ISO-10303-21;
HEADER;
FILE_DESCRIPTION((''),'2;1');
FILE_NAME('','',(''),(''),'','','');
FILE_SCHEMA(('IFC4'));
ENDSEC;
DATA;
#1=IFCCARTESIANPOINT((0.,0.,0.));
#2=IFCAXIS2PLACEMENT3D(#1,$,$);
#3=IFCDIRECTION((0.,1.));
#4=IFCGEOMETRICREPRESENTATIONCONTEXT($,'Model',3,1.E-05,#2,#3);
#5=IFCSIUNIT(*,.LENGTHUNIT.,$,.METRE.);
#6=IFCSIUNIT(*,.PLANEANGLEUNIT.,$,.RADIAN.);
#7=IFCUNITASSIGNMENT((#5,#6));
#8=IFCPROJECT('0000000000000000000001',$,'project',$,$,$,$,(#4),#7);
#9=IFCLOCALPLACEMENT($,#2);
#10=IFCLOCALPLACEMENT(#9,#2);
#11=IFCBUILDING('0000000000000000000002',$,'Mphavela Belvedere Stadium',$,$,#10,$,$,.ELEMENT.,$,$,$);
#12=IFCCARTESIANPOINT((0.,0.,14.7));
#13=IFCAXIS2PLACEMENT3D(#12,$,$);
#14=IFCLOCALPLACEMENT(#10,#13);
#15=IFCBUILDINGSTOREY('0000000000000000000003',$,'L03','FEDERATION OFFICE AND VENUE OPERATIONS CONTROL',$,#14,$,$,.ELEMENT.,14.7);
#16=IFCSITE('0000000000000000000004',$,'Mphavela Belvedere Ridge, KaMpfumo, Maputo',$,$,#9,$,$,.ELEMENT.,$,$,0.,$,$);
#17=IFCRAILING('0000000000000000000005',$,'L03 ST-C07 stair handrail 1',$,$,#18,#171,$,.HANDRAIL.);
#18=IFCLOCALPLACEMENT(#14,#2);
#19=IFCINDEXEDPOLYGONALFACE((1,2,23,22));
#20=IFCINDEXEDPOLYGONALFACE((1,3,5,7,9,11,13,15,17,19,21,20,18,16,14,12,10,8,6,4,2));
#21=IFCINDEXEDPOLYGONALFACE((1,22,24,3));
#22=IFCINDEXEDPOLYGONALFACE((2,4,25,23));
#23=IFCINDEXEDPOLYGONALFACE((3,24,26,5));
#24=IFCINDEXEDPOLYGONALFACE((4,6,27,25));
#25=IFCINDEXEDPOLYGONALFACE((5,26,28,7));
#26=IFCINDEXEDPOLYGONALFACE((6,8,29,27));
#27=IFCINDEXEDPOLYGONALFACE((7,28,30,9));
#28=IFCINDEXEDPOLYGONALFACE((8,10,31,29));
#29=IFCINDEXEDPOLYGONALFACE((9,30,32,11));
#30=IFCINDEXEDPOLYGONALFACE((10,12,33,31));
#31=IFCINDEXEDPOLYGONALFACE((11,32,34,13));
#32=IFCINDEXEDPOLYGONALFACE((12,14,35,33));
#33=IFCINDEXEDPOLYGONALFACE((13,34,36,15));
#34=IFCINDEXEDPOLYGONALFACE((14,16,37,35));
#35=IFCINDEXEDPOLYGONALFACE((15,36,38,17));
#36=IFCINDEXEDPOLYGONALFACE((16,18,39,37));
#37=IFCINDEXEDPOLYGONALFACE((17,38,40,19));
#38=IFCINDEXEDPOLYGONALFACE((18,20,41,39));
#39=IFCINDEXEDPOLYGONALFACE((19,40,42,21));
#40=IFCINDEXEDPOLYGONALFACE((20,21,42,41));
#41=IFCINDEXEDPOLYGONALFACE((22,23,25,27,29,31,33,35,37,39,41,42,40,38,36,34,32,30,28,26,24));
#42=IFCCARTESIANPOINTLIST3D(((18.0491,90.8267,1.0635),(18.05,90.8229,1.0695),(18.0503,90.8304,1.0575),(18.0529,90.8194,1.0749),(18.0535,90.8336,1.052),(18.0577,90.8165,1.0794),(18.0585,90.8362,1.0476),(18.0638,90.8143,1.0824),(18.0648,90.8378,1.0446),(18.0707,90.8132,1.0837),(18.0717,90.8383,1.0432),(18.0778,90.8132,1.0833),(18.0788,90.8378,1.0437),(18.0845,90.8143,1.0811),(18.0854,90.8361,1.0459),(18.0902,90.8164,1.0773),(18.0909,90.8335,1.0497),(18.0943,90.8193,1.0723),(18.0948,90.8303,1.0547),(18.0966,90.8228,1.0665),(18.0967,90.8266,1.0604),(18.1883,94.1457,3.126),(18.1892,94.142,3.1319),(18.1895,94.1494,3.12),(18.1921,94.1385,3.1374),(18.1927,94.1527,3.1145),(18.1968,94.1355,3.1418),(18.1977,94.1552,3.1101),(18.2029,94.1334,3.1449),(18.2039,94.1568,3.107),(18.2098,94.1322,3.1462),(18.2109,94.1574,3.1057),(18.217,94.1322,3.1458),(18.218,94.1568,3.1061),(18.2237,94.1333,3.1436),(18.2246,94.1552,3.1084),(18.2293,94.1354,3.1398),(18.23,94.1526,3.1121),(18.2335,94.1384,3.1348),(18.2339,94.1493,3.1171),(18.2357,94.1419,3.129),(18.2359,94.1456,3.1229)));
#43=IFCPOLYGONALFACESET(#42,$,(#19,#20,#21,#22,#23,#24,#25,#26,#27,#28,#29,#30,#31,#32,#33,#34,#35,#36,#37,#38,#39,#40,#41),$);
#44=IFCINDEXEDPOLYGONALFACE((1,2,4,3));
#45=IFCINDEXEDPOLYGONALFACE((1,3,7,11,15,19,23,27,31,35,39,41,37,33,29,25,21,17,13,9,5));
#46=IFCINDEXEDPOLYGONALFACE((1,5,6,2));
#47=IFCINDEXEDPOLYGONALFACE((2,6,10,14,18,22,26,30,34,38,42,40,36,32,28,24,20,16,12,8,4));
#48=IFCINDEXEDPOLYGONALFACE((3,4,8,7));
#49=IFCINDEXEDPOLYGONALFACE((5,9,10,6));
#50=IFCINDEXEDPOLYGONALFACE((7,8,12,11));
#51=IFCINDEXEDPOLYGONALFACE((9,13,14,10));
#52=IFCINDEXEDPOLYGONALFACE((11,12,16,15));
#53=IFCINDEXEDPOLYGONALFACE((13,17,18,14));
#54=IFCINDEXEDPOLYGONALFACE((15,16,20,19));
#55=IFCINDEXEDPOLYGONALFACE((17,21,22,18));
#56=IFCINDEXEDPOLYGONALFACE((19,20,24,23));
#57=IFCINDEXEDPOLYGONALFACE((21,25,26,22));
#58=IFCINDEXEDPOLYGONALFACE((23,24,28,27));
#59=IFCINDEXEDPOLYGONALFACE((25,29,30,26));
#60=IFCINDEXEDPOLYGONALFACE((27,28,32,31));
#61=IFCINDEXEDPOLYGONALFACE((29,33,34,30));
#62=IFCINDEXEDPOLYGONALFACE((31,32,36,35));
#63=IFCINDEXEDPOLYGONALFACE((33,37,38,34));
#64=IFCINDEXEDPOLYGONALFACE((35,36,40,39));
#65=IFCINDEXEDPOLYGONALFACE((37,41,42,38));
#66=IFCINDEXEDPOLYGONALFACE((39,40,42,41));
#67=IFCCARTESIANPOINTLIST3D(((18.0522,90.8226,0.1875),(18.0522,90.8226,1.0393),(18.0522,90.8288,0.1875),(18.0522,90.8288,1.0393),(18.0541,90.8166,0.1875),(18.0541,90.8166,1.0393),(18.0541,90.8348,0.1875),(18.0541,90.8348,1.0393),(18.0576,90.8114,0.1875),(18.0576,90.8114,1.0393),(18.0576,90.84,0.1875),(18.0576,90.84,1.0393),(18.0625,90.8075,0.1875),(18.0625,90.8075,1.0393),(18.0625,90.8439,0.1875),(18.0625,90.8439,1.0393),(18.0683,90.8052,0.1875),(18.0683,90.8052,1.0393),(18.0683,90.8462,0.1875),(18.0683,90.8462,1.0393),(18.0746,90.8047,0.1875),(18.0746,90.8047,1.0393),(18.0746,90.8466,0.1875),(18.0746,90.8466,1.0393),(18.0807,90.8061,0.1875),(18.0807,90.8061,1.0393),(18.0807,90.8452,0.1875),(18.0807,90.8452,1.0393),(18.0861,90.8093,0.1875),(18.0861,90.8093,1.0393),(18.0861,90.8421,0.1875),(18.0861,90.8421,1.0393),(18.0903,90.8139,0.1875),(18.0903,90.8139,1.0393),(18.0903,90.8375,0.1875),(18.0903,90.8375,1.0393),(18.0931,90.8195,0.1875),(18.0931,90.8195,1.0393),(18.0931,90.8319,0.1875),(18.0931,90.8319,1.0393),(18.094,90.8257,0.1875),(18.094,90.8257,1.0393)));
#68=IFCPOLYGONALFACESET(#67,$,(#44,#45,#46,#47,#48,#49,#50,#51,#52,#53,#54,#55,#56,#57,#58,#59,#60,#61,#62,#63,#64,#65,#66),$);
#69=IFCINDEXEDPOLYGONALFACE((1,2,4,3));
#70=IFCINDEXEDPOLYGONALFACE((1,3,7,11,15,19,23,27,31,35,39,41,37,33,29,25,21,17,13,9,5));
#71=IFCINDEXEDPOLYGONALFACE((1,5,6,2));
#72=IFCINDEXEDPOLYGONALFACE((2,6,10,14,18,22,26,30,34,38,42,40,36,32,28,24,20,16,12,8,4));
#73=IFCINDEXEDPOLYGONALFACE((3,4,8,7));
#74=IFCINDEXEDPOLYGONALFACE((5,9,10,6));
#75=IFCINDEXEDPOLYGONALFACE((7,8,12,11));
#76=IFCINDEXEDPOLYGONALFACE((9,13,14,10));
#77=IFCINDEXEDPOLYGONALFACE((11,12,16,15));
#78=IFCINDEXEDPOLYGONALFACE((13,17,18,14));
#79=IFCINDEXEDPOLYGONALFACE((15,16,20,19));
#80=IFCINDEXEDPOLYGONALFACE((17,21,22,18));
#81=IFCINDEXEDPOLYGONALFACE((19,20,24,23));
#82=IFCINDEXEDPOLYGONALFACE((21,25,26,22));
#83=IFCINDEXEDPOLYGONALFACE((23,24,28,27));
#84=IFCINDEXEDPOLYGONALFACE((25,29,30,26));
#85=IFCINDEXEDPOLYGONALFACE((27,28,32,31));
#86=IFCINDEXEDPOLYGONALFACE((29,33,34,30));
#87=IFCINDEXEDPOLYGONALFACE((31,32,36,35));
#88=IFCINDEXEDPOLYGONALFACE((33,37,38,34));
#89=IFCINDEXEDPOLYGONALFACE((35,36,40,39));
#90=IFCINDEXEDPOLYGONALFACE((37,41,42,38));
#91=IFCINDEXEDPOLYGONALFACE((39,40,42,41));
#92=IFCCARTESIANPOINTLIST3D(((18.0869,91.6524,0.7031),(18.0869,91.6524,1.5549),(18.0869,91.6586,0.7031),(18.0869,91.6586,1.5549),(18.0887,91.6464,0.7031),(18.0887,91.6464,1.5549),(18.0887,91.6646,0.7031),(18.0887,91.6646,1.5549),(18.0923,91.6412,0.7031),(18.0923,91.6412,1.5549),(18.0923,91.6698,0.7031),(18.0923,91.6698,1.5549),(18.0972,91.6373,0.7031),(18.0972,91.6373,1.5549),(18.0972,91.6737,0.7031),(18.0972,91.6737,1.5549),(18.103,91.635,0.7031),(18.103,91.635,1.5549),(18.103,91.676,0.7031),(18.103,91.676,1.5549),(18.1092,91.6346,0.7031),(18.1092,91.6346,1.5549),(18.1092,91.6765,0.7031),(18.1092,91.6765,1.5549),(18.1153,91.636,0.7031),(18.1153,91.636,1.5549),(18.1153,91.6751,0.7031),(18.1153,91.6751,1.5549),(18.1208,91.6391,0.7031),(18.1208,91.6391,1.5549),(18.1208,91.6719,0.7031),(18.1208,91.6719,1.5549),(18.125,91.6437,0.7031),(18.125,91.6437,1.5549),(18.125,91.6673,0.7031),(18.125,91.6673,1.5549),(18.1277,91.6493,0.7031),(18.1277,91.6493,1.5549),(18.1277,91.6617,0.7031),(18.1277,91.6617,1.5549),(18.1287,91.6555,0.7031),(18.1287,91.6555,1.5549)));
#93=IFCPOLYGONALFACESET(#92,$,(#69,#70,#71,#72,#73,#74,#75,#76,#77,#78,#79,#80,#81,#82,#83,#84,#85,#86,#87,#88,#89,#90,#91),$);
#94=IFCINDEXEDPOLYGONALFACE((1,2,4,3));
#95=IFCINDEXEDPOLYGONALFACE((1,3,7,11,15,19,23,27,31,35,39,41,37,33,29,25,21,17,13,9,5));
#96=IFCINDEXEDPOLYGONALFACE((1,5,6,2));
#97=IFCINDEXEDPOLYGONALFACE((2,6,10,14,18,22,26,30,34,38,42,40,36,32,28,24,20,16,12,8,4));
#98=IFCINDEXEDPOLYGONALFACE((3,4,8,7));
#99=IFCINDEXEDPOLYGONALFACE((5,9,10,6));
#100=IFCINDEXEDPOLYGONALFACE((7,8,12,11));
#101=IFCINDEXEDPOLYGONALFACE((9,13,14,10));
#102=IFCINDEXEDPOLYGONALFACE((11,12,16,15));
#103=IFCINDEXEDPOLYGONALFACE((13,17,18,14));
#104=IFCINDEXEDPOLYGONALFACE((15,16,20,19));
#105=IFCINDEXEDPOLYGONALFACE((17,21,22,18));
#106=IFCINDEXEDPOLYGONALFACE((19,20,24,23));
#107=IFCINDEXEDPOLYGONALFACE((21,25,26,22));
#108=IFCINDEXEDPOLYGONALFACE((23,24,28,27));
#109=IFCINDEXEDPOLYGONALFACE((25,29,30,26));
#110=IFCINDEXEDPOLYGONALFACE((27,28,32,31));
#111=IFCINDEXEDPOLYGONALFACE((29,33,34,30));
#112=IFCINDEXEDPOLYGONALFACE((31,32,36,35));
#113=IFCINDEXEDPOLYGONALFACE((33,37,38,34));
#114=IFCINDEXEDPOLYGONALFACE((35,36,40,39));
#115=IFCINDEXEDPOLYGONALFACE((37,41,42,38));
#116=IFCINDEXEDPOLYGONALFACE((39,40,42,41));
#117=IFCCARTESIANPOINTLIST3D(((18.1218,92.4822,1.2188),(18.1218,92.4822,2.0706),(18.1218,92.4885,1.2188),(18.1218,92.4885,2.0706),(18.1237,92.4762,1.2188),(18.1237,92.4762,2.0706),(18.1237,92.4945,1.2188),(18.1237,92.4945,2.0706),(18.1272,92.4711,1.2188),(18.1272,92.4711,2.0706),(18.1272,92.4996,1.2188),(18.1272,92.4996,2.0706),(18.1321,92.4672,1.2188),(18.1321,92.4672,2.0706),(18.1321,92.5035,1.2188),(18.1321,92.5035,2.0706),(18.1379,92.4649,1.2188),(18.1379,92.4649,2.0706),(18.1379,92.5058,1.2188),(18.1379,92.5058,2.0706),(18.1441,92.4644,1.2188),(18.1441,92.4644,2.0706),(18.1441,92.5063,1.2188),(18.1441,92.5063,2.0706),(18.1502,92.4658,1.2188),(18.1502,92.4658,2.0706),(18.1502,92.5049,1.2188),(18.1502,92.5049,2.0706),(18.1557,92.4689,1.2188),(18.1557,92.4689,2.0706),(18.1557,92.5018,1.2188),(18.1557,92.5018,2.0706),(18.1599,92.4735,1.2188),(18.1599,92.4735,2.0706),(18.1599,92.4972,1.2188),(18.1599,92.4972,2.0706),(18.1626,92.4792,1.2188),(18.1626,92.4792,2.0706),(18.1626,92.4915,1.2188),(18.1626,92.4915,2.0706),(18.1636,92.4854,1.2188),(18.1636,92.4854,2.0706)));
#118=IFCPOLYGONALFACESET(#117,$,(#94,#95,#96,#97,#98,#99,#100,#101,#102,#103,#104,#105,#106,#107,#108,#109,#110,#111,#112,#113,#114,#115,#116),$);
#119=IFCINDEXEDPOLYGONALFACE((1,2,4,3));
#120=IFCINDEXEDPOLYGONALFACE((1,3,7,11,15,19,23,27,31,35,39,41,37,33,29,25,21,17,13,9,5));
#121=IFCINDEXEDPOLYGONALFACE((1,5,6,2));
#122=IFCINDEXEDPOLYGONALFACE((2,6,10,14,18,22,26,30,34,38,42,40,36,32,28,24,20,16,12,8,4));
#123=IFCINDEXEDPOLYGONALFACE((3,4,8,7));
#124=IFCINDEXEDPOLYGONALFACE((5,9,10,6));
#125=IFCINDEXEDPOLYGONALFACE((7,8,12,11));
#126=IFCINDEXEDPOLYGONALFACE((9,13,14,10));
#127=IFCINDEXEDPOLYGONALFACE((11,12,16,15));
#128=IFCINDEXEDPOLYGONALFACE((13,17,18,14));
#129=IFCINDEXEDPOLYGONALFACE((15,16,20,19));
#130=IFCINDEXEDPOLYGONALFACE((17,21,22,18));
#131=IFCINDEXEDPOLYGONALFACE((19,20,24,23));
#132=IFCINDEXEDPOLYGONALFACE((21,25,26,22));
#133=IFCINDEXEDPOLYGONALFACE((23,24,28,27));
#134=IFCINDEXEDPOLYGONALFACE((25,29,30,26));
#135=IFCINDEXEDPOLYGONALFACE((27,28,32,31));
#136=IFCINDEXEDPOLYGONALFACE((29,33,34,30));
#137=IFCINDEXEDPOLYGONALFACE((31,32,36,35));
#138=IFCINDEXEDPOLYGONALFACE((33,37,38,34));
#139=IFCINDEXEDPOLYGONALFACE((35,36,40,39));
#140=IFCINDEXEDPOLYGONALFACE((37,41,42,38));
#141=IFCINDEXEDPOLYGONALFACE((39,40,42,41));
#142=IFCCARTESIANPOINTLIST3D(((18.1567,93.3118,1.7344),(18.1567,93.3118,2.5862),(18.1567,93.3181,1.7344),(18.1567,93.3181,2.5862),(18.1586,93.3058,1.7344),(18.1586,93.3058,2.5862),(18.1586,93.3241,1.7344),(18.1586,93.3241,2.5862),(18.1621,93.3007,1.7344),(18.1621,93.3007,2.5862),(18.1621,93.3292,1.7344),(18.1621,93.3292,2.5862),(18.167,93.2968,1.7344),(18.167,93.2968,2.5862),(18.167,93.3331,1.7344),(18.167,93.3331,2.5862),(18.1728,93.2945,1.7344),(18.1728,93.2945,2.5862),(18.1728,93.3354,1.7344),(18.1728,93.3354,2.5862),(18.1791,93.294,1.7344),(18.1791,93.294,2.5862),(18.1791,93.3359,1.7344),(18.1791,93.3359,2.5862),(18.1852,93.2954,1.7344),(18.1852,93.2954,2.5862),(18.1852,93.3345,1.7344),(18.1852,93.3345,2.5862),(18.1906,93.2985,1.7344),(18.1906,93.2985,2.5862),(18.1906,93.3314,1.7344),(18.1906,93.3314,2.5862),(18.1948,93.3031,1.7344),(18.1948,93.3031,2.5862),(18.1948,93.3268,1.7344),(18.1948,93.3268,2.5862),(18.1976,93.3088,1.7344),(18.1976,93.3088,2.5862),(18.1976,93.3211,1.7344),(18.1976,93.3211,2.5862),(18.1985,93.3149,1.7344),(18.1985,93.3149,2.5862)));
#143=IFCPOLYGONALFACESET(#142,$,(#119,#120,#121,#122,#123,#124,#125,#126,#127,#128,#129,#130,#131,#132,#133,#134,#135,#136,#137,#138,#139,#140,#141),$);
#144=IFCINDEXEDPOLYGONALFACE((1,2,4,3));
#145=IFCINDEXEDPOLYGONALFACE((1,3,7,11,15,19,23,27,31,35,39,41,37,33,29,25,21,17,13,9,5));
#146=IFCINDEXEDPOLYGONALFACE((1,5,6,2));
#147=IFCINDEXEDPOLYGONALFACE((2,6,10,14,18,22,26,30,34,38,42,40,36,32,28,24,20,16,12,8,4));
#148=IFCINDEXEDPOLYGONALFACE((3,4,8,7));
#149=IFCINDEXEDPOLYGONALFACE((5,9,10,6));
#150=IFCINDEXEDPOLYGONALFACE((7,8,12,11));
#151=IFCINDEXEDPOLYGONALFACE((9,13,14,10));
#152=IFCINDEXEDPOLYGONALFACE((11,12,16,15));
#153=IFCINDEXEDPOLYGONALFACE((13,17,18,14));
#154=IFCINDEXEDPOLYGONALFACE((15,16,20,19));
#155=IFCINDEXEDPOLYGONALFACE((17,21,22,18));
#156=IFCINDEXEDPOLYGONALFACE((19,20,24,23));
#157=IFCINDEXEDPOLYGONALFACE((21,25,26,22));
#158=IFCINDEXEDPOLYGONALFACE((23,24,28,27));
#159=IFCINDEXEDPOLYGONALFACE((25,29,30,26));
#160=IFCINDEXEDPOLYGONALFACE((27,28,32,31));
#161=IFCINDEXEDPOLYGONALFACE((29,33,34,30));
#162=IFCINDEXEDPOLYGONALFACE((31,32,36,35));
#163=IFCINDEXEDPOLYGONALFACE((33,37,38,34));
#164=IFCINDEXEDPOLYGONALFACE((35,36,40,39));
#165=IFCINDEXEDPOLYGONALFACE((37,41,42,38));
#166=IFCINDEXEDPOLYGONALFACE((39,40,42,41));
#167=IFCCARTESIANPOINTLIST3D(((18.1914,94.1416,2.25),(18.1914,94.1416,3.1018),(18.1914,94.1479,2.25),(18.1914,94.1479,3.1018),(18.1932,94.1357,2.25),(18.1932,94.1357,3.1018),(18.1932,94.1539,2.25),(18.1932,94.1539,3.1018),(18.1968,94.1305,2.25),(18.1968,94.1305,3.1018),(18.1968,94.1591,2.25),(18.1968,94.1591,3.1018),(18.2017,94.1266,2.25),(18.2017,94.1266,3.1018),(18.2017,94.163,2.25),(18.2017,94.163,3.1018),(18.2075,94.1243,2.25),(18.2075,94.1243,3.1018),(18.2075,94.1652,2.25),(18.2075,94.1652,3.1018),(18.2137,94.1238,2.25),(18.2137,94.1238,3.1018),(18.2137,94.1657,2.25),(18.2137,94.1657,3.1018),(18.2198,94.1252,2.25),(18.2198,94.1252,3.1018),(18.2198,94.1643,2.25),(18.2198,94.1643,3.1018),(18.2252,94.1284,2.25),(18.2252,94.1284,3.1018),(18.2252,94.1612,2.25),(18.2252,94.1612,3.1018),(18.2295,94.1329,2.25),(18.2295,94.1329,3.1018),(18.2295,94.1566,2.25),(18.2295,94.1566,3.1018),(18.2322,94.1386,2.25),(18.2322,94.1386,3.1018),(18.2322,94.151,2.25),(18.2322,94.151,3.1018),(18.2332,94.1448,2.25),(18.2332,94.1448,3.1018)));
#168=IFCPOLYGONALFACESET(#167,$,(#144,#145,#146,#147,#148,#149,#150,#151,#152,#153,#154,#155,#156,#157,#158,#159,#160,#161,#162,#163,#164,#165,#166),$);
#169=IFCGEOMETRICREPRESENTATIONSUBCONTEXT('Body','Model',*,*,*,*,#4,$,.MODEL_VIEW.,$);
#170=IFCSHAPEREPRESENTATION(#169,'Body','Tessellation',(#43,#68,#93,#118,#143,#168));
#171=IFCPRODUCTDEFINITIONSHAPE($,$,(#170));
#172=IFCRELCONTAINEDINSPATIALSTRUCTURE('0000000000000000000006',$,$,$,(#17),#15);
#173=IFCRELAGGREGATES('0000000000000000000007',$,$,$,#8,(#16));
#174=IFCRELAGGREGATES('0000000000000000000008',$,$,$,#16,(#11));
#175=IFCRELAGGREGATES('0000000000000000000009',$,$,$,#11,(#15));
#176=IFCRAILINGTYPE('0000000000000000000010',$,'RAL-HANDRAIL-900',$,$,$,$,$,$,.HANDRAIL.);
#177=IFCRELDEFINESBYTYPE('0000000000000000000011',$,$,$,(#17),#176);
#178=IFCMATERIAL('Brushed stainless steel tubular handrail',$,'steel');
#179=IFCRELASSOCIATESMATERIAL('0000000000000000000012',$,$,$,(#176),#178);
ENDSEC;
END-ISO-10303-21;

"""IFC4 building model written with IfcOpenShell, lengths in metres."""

from ifc_helpers import new_model, si_unit, direction, frame, origin, origin_2d, place, context, subcontext, project, spatial, circle, extrude, material, type_object, element, save


model = new_model("IFC4")

# Units and contexts
model_context = context("Model", 3, precision=1e-05, world=origin(), true_north=direction((0.0, 1.0)))
body_context = subcontext(model_context, "Body", "Model", "MODEL_VIEW")
ifc_project = project(units=[si_unit("LENGTHUNIT", "METRE"), si_unit("PLANEANGLEUNIT", "RADIAN")], contexts=[model_context])

# Site, building, storey
site_placement = place(None, origin())
site = spatial("IfcSite", under=ifc_project, at=site_placement, Name="Mphavela Belvedere Ridge, KaMpfumo, Maputo", CompositionType="ELEMENT", RefElevation=0.0)
building_placement = place(site_placement, origin())
building = spatial("IfcBuilding", under=site, at=building_placement, Name="Mphavela Belvedere Stadium", CompositionType="ELEMENT")
storey_placement = place(building_placement, frame((0.0, 0.0, 14.7)))
storey = spatial("IfcBuildingStorey", under=building, at=storey_placement, Name="L03", Description="FEDERATION OFFICE AND VENUE OPERATIONS CONTROL", CompositionType="ELEMENT", Elevation=14.7)

# Railing
ifc_material_1 = material(Name="Brushed stainless steel tubular handrail", Category="steel")
railing_type_1 = type_object("IfcRailingType", Name="RAL-HANDRAIL-900", PredefinedType="HANDRAIL", material=ifc_material_1)
railing_1_placement = place(storey_placement, frame((18.073, 90.8257, 0.1875)))
element("IfcRailing", 1, at=railing_1_placement, inside=storey, type_object=railing_type_1, Name="L03 ST-C07 stair handrail 1", PredefinedType="HANDRAIL", context=body_context, shape_type="SweptSolid", body=[
    extrude(circle(Radius=0.0239, at=origin_2d()), frame((0.0, 0.0, 0.876), z_axis=(0.035589, 0.84883, 0.527467), x_axis=(-0.999122, 0.04189, 0.0)), (0.0, 0.0, 1.0), 3.9102),
    extrude(circle(Radius=0.021, at=origin_2d()), origin(), (0.0, 0.0, 1.0), 0.8518),
    extrude(circle(Radius=0.021, at=origin_2d()), frame((0.0347, 0.8298, 0.5156)), (0.0, 0.0, 1.0), 0.8518),
    extrude(circle(Radius=0.021, at=origin_2d()), frame((0.0696, 1.6597, 1.0312)), (0.0, 0.0, 1.0), 0.8518),
    extrude(circle(Radius=0.021, at=origin_2d()), frame((0.1045, 2.4893, 1.5469)), (0.0, 0.0, 1.0), 0.8518),
    extrude(circle(Radius=0.021, at=origin_2d()), frame((0.1392, 3.3191, 2.0625)), (0.0, 0.0, 1.0), 0.8518),
])

save(model, "model.ifc")
